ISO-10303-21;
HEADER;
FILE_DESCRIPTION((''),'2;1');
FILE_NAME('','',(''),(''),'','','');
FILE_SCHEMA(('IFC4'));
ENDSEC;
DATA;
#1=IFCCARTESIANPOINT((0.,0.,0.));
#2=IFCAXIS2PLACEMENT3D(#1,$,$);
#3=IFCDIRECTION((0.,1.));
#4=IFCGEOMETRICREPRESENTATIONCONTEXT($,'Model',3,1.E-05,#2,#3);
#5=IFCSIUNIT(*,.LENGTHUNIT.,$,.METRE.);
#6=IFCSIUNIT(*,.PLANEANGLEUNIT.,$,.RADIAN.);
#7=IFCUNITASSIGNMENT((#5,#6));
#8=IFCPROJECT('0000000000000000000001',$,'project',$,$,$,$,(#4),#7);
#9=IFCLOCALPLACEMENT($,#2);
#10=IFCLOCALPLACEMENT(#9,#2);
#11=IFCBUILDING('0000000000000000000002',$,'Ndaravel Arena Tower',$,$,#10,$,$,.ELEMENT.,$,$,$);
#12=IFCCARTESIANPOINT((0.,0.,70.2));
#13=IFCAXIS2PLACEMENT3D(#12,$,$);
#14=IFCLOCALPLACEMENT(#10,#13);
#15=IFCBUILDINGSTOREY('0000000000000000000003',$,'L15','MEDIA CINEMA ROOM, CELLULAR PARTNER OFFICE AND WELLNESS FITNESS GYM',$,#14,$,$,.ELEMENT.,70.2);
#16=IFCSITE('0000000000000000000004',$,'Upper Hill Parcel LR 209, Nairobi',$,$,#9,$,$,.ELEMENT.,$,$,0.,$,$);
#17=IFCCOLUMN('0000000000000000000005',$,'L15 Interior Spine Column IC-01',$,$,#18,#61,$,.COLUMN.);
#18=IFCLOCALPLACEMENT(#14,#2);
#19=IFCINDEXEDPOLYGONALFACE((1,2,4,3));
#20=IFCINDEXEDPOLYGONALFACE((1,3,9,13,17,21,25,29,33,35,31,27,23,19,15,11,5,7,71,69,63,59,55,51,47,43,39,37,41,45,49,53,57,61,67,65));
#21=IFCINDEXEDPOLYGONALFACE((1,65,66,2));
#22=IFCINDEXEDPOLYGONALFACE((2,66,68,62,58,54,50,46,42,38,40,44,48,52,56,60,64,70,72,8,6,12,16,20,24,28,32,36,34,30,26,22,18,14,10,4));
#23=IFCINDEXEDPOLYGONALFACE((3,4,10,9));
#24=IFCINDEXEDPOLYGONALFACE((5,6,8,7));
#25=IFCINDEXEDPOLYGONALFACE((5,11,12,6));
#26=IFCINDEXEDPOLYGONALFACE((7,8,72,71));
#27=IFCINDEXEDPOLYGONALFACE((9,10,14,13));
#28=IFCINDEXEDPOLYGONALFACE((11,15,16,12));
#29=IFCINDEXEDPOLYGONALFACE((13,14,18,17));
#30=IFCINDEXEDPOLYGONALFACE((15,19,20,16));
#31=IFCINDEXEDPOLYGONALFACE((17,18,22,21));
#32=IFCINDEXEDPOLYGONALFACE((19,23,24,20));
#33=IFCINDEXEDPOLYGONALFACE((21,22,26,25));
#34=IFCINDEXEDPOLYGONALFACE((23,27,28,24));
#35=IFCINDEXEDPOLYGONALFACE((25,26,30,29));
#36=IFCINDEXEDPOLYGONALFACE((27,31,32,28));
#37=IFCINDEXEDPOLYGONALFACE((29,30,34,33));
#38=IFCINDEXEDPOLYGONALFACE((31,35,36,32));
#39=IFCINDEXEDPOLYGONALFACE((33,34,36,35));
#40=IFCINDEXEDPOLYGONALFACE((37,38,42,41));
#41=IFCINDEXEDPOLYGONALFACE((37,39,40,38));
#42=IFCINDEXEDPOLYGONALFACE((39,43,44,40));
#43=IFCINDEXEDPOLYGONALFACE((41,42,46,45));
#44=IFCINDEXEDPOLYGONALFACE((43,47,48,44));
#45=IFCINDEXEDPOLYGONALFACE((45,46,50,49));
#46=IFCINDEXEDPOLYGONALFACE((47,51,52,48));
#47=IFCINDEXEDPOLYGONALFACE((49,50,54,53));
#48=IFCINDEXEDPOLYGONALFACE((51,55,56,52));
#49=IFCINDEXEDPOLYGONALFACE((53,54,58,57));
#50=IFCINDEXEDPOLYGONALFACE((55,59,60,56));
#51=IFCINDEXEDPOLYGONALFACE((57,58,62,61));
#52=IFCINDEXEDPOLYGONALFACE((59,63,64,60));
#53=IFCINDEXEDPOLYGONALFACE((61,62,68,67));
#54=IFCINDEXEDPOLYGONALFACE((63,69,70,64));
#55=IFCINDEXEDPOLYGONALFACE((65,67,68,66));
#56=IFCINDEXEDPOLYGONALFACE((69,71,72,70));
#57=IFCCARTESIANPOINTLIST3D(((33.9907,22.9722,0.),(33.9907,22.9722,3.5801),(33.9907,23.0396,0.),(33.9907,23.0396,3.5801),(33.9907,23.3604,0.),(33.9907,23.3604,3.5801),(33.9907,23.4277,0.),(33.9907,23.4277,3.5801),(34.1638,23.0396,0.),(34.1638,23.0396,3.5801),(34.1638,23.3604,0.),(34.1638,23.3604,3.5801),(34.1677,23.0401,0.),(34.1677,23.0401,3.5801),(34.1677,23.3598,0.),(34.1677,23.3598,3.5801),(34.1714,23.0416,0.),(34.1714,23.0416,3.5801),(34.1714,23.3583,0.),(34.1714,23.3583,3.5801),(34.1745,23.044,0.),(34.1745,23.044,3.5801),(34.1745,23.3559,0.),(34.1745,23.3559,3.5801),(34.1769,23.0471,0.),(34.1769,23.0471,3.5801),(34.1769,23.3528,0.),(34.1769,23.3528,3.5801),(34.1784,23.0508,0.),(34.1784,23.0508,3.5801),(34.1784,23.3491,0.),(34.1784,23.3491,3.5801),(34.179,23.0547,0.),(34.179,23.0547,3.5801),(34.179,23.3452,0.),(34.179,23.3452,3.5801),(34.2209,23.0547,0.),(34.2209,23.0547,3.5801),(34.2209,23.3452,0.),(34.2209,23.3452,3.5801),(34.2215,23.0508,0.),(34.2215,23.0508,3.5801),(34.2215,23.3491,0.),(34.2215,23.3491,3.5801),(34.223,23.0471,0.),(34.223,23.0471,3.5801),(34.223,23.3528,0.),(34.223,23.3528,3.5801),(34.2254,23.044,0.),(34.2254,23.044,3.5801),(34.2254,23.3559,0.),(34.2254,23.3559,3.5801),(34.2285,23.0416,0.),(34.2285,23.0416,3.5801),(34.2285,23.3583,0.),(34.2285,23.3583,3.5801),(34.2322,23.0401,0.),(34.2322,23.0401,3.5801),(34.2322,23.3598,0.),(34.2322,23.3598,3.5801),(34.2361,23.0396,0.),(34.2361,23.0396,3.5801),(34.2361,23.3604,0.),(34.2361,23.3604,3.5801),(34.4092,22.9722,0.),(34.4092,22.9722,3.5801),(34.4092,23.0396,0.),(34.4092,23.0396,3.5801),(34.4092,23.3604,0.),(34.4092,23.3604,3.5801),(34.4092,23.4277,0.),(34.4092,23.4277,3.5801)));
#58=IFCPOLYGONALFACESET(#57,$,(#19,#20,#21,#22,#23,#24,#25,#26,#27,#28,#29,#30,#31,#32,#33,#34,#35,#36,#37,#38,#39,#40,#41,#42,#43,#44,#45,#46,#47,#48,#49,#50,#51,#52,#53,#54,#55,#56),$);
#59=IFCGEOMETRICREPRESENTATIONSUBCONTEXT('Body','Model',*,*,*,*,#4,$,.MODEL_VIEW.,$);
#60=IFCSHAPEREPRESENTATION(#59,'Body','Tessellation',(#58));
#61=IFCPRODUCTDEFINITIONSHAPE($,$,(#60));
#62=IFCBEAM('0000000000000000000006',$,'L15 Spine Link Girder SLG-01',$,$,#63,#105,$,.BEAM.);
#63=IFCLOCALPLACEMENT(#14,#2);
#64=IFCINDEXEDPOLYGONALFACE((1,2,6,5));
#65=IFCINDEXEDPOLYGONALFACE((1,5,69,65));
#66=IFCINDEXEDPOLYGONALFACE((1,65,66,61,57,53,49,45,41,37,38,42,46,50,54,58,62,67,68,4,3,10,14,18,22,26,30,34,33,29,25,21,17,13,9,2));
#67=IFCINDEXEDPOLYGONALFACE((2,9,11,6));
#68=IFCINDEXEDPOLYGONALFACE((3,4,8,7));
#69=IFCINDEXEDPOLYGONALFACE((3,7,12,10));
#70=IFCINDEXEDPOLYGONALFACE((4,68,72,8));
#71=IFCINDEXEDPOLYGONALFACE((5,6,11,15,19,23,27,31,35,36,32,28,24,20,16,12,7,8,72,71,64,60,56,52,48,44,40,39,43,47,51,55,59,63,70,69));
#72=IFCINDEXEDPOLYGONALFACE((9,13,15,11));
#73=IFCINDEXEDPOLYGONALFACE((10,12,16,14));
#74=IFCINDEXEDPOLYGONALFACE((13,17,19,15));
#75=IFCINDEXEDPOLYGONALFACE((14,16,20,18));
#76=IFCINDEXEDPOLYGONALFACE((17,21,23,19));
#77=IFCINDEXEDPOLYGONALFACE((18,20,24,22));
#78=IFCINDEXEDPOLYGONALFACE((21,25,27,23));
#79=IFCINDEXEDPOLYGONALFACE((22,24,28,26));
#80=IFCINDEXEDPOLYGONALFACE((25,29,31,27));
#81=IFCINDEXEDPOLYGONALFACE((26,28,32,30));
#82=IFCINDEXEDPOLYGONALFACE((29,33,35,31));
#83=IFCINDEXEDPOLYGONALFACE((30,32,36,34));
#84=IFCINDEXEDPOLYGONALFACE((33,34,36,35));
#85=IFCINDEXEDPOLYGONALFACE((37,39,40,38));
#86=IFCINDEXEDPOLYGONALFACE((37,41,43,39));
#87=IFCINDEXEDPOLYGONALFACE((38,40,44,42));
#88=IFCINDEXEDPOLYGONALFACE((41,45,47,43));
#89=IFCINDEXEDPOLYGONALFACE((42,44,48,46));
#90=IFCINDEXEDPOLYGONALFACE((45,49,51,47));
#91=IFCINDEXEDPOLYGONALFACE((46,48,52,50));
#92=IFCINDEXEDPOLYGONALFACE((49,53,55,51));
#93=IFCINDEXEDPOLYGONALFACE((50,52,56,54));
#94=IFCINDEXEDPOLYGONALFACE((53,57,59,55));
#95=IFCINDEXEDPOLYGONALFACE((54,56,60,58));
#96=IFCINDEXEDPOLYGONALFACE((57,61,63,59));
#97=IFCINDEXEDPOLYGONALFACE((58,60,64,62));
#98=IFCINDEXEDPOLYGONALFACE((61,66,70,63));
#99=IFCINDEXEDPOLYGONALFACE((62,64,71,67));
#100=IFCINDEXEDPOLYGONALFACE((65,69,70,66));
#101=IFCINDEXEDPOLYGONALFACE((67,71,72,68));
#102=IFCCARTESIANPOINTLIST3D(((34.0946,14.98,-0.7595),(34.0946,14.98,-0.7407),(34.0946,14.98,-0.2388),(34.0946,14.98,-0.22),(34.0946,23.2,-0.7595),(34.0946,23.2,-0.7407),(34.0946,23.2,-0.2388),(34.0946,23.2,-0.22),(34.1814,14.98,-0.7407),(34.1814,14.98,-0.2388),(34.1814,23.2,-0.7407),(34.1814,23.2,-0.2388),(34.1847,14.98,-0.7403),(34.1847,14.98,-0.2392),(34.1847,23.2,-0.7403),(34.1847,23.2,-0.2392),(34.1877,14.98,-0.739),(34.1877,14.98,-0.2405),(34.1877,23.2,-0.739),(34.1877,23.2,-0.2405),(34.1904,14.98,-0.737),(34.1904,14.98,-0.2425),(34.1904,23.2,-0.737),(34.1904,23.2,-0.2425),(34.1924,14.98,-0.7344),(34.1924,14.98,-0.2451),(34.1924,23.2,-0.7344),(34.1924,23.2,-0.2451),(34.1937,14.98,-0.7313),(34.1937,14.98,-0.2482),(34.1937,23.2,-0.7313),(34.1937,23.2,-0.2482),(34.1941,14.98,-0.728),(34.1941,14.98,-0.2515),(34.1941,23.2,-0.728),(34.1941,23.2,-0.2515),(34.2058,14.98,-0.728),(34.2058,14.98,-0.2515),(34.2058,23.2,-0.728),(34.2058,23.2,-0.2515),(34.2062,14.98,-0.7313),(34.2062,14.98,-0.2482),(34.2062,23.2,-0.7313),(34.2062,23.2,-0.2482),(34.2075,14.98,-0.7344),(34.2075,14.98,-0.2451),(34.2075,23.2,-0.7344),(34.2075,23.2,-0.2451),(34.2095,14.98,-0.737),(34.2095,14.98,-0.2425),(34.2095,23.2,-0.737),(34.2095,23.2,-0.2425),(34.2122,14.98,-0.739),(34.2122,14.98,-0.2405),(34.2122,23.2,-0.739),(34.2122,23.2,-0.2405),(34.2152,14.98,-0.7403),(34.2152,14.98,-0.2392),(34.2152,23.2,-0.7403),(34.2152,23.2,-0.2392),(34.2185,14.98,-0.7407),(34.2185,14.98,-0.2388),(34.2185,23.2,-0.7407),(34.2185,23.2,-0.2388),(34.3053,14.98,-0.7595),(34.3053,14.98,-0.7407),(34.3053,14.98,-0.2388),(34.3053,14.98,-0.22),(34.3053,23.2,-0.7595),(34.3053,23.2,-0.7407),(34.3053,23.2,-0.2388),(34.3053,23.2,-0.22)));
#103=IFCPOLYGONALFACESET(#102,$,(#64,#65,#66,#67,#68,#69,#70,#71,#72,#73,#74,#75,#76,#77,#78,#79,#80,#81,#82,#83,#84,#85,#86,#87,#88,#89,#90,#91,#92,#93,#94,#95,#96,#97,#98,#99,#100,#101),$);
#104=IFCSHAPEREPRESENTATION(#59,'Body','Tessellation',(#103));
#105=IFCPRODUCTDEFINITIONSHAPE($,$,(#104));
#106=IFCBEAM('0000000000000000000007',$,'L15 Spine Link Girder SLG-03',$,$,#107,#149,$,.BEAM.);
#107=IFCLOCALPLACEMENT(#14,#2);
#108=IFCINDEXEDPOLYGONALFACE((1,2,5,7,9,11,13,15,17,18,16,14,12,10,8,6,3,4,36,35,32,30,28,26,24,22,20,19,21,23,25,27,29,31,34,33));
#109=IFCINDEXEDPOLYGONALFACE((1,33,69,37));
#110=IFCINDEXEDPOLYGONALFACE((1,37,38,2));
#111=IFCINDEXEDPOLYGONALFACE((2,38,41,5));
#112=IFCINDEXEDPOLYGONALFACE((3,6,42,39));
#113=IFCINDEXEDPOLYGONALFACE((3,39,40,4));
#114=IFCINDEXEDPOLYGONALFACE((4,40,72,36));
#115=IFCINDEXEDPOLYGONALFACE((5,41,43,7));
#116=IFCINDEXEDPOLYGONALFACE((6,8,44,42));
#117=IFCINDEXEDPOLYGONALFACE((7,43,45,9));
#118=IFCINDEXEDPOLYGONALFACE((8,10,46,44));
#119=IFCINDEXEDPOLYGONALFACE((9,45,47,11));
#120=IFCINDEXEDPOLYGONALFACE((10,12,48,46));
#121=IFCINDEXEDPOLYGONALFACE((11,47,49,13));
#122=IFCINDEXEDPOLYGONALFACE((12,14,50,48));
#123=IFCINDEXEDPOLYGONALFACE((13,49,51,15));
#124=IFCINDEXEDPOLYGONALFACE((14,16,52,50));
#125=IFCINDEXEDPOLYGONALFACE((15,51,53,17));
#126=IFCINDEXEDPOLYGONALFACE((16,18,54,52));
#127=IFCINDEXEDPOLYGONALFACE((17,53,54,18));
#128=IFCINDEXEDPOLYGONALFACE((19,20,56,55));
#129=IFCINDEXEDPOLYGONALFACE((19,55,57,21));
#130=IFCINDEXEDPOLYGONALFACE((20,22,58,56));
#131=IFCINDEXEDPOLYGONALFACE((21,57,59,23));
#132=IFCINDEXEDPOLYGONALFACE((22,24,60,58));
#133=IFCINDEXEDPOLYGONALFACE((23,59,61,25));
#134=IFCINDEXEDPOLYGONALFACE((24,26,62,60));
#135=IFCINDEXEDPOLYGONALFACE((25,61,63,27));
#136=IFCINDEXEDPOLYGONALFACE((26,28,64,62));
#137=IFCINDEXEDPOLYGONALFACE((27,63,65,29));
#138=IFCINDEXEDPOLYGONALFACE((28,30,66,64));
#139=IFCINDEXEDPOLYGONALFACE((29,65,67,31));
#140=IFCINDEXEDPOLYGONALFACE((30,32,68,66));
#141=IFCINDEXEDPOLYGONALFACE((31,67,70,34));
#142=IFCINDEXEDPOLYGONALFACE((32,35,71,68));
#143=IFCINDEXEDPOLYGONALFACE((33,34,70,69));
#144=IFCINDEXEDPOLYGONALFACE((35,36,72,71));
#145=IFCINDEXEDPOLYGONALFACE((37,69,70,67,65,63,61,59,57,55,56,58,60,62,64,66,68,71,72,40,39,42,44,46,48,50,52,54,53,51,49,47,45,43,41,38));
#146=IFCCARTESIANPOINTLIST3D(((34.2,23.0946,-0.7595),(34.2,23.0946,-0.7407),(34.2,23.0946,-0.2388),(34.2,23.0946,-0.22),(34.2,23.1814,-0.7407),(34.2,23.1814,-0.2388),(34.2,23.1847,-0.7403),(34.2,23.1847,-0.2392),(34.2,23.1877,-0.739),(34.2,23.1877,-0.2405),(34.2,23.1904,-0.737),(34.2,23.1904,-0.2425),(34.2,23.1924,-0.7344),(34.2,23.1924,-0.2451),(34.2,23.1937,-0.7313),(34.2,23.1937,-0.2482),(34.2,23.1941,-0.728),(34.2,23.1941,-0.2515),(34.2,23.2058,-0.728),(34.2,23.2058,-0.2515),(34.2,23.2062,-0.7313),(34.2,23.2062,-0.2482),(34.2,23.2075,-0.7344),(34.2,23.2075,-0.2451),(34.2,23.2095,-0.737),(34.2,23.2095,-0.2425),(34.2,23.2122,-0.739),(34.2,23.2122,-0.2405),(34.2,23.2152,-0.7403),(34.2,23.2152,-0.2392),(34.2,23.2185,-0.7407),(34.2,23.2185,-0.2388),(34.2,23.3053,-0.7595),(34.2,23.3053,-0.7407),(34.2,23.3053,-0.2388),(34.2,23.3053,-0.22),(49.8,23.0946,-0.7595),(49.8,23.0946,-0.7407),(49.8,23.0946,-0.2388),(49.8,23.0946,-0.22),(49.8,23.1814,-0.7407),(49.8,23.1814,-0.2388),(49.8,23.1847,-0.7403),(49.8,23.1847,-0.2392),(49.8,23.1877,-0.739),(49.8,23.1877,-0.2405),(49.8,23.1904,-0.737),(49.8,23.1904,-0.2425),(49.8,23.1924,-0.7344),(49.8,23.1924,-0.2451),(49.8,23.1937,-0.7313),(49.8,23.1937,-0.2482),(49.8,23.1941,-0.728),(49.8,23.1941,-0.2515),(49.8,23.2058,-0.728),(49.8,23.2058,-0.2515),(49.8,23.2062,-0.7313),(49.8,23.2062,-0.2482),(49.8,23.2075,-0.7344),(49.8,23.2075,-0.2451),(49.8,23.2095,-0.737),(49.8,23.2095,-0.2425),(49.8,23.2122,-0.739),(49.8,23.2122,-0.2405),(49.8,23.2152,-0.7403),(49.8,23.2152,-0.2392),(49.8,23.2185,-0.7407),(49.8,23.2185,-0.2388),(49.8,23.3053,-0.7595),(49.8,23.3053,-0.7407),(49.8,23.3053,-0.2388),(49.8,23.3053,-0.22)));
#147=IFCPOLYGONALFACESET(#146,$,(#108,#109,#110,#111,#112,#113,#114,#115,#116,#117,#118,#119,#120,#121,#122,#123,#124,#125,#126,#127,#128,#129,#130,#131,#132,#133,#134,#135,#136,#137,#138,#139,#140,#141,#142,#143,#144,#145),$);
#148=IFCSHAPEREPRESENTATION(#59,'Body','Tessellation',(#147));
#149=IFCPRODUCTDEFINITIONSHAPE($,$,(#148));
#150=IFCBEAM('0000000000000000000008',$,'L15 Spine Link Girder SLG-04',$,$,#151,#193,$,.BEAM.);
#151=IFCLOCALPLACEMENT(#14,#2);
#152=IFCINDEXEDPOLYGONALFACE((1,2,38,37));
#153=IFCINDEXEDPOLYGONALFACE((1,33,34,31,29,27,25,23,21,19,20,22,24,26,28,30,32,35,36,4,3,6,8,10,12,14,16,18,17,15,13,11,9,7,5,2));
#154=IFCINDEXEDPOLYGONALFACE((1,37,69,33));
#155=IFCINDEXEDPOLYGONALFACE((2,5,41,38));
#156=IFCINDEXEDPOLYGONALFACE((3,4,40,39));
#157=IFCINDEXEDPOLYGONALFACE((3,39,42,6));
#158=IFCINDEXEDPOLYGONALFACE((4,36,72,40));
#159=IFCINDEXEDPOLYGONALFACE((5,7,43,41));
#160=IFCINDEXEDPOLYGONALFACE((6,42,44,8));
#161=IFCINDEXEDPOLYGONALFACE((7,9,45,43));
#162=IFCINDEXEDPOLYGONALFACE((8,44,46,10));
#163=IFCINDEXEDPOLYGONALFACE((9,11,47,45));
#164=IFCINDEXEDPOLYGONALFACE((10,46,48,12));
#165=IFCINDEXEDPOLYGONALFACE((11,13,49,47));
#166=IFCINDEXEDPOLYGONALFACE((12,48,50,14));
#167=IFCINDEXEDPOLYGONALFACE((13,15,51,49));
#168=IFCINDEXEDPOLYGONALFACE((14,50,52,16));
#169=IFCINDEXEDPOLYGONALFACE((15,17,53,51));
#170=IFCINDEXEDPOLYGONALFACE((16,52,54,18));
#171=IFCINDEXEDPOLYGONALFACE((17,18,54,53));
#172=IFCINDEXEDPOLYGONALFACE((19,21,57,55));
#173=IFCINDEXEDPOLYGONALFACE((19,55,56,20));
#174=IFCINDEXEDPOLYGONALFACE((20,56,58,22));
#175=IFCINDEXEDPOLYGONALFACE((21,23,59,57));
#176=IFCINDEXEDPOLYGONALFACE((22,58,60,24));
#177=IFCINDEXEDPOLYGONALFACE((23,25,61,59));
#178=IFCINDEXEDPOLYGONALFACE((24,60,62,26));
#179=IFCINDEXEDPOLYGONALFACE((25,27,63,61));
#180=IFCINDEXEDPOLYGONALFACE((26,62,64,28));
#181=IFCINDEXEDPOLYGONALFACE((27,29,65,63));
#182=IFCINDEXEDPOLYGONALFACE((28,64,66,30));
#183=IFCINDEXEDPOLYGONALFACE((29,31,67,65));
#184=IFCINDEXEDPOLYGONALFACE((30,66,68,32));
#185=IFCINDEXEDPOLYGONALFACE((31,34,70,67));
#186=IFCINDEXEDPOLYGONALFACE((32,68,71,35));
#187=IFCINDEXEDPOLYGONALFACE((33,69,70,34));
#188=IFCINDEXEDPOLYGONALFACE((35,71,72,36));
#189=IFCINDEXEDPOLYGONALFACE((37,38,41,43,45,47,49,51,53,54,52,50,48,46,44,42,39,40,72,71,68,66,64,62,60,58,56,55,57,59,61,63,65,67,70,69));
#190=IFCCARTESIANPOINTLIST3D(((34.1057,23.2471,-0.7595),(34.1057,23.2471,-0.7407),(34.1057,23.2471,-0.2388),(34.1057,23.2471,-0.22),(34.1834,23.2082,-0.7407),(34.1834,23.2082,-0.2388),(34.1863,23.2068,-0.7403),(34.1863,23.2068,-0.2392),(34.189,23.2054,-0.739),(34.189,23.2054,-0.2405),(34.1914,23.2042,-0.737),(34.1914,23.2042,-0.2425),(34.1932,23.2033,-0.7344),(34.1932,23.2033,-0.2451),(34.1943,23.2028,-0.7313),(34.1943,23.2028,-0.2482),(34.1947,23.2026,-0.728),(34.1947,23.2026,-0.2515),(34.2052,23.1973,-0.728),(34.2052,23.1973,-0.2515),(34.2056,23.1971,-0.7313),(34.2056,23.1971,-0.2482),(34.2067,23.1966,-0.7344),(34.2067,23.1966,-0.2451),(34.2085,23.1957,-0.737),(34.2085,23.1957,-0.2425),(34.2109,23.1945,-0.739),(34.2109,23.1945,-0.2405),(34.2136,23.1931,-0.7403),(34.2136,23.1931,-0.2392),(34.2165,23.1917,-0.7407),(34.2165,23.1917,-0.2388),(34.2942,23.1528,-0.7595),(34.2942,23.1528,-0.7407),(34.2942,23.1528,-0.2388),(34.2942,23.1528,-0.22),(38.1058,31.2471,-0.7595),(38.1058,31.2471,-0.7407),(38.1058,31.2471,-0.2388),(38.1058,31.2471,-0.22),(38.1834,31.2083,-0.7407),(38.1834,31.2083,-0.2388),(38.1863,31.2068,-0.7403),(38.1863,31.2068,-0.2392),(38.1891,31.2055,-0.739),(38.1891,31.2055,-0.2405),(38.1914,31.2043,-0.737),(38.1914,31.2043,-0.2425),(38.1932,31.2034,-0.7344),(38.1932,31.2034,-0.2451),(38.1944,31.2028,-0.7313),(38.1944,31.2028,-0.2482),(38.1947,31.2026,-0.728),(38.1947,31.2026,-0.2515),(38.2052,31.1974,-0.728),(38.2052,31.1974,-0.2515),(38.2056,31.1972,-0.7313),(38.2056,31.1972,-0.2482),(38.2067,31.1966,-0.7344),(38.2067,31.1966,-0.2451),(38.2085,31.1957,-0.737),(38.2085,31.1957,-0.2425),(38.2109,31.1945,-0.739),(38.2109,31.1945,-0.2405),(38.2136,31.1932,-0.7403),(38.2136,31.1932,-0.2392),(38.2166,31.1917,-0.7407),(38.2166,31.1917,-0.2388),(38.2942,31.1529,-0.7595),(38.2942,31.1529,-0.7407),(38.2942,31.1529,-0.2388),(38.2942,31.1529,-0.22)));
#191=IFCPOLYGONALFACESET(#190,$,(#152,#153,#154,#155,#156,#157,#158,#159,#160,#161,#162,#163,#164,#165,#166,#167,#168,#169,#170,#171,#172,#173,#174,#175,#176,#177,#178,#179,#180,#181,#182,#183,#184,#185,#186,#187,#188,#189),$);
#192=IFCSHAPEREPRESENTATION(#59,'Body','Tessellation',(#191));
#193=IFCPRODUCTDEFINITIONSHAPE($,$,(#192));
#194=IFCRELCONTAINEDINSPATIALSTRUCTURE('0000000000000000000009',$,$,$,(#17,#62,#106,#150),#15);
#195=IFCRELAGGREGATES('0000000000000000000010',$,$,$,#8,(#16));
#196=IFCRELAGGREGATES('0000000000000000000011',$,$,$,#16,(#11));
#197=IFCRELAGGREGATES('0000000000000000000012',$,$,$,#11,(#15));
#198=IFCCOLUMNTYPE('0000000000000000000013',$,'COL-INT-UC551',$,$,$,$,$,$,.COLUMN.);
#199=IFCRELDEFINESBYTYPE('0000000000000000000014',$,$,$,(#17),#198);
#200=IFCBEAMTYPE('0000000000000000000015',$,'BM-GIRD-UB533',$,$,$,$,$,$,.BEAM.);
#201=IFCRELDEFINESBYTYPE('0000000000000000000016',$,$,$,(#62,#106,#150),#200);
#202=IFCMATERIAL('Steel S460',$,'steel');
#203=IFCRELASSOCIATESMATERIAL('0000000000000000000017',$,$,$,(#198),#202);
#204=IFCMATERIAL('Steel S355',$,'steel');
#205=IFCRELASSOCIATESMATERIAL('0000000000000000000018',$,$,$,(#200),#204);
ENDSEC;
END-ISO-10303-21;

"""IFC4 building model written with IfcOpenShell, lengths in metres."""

from ifc_helpers import new_model, si_unit, direction, frame, origin, origin_2d, place, context, subcontext, project, spatial, i_section, extrude, material, material_profile, profile_set, type_object, element, save


model = new_model("IFC4")

# Units and contexts
model_context = context("Model", 3, precision=1e-05, world=origin(), true_north=direction((0.0, 1.0)))
body_context = subcontext(model_context, "Body", "Model", "MODEL_VIEW")
ifc_project = project(units=[si_unit("LENGTHUNIT", "METRE"), si_unit("PLANEANGLEUNIT", "RADIAN")], contexts=[model_context])

# Site, building, storey
site_placement = place(None, origin())
site = spatial("IfcSite", under=ifc_project, at=site_placement, Name="Upper Hill Parcel LR 209, Nairobi", CompositionType="ELEMENT", RefElevation=0.0)
building_placement = place(site_placement, origin())
building = spatial("IfcBuilding", under=site, at=building_placement, Name="Ndaravel Arena Tower", CompositionType="ELEMENT")
storey_placement = place(building_placement, frame((0.0, 0.0, 70.2)))
storey = spatial("IfcBuildingStorey", under=building, at=storey_placement, Name="L15", Description="MEDIA CINEMA ROOM, CELLULAR PARTNER OFFICE AND WELLNESS FITNESS GYM", CompositionType="ELEMENT", Elevation=70.2)

# Column
ifc_material_1 = material(Name="Steel S460", Category="steel")
ifc_material_profile_1 = material_profile(ifc_material_1, i_section(OverallWidth=0.4185, OverallDepth=0.4556, WebThickness=0.042, FlangeThickness=0.0674, FilletRadius=0.0151, at=origin_2d()), Name="UC 356x406x551")
ifc_profile_set_1 = profile_set([ifc_material_profile_1], Name="Steel S460")
column_type = type_object("IfcColumnType", Name="COL-INT-UC551", PredefinedType="COLUMN", material=ifc_profile_set_1)
column_placement = place(storey_placement, frame((34.2, 23.2, 0.0), z_axis=(0.0, 0.0, 1.0), x_axis=(1.0, 0.0, 0.0)))
element("IfcColumn", 1, at=column_placement, inside=storey, type_object=column_type, Name="L15 Interior Spine Column IC-01", PredefinedType="COLUMN", context=body_context, shape_type="SweptSolid", body=[
    extrude(i_section(OverallWidth=0.4185, OverallDepth=0.4556, WebThickness=0.042, FlangeThickness=0.0674, FilletRadius=0.0151, at=origin_2d()), origin(), (0.0, 0.0, 1.0), 3.5801),
])

# Beams
ifc_material_2 = material(Name="Steel S355", Category="steel")
ifc_material_profile_2 = material_profile(ifc_material_2, i_section(OverallWidth=0.2107, OverallDepth=0.5396, WebThickness=0.0117, FlangeThickness=0.0188, FilletRadius=0.0127, at=origin_2d()), Name="UB 533x210x109")
ifc_profile_set_2 = profile_set([ifc_material_profile_2], Name="Steel S355")
beam_type = type_object("IfcBeamType", Name="BM-GIRD-UB533", PredefinedType="BEAM", material=ifc_profile_set_2)
beam_1_placement = place(storey_placement, frame((34.2, 14.98, -0.4897), z_axis=(0.0, 1.0, 0.0), x_axis=(-1.0, 0.0, 0.0)))
element("IfcBeam", 2, at=beam_1_placement, inside=storey, type_object=beam_type, Name="L15 Spine Link Girder SLG-01", PredefinedType="BEAM", context=body_context, shape_type="SweptSolid", body=[
    extrude(i_section(OverallWidth=0.2107, OverallDepth=0.5396, WebThickness=0.0117, FlangeThickness=0.0188, FilletRadius=0.0127, at=origin_2d()), origin(), (0.0, 0.0, 1.0), 8.22),
])
beam_2_placement = place(storey_placement, frame((34.2, 23.2, -0.4897), z_axis=(1.0, 0.0, 0.0), x_axis=(0.0, 1.0, 0.0)))
element("IfcBeam", 3, at=beam_2_placement, inside=storey, type_object=beam_type, Name="L15 Spine Link Girder SLG-03", PredefinedType="BEAM", context=body_context, shape_type="SweptSolid", body=[
    extrude(i_section(OverallWidth=0.2107, OverallDepth=0.5396, WebThickness=0.0117, FlangeThickness=0.0188, FilletRadius=0.0127, at=origin_2d()), origin(), (0.0, 0.0, 1.0), 15.6001),
])
beam_3_placement = place(storey_placement, frame((34.2, 23.2, -0.4897), z_axis=(0.447214, 0.894427, 0.0), x_axis=(-0.894427, 0.447214, 0.0)))
element("IfcBeam", 4, at=beam_3_placement, inside=storey, type_object=beam_type, Name="L15 Spine Link Girder SLG-04", PredefinedType="BEAM", context=body_context, shape_type="SweptSolid", body=[
    extrude(i_section(OverallWidth=0.2107, OverallDepth=0.5396, WebThickness=0.0117, FlangeThickness=0.0188, FilletRadius=0.0127, at=origin_2d()), origin(), (0.0, 0.0, 1.0), 8.9443),
])

save(model, "model.ifc")
